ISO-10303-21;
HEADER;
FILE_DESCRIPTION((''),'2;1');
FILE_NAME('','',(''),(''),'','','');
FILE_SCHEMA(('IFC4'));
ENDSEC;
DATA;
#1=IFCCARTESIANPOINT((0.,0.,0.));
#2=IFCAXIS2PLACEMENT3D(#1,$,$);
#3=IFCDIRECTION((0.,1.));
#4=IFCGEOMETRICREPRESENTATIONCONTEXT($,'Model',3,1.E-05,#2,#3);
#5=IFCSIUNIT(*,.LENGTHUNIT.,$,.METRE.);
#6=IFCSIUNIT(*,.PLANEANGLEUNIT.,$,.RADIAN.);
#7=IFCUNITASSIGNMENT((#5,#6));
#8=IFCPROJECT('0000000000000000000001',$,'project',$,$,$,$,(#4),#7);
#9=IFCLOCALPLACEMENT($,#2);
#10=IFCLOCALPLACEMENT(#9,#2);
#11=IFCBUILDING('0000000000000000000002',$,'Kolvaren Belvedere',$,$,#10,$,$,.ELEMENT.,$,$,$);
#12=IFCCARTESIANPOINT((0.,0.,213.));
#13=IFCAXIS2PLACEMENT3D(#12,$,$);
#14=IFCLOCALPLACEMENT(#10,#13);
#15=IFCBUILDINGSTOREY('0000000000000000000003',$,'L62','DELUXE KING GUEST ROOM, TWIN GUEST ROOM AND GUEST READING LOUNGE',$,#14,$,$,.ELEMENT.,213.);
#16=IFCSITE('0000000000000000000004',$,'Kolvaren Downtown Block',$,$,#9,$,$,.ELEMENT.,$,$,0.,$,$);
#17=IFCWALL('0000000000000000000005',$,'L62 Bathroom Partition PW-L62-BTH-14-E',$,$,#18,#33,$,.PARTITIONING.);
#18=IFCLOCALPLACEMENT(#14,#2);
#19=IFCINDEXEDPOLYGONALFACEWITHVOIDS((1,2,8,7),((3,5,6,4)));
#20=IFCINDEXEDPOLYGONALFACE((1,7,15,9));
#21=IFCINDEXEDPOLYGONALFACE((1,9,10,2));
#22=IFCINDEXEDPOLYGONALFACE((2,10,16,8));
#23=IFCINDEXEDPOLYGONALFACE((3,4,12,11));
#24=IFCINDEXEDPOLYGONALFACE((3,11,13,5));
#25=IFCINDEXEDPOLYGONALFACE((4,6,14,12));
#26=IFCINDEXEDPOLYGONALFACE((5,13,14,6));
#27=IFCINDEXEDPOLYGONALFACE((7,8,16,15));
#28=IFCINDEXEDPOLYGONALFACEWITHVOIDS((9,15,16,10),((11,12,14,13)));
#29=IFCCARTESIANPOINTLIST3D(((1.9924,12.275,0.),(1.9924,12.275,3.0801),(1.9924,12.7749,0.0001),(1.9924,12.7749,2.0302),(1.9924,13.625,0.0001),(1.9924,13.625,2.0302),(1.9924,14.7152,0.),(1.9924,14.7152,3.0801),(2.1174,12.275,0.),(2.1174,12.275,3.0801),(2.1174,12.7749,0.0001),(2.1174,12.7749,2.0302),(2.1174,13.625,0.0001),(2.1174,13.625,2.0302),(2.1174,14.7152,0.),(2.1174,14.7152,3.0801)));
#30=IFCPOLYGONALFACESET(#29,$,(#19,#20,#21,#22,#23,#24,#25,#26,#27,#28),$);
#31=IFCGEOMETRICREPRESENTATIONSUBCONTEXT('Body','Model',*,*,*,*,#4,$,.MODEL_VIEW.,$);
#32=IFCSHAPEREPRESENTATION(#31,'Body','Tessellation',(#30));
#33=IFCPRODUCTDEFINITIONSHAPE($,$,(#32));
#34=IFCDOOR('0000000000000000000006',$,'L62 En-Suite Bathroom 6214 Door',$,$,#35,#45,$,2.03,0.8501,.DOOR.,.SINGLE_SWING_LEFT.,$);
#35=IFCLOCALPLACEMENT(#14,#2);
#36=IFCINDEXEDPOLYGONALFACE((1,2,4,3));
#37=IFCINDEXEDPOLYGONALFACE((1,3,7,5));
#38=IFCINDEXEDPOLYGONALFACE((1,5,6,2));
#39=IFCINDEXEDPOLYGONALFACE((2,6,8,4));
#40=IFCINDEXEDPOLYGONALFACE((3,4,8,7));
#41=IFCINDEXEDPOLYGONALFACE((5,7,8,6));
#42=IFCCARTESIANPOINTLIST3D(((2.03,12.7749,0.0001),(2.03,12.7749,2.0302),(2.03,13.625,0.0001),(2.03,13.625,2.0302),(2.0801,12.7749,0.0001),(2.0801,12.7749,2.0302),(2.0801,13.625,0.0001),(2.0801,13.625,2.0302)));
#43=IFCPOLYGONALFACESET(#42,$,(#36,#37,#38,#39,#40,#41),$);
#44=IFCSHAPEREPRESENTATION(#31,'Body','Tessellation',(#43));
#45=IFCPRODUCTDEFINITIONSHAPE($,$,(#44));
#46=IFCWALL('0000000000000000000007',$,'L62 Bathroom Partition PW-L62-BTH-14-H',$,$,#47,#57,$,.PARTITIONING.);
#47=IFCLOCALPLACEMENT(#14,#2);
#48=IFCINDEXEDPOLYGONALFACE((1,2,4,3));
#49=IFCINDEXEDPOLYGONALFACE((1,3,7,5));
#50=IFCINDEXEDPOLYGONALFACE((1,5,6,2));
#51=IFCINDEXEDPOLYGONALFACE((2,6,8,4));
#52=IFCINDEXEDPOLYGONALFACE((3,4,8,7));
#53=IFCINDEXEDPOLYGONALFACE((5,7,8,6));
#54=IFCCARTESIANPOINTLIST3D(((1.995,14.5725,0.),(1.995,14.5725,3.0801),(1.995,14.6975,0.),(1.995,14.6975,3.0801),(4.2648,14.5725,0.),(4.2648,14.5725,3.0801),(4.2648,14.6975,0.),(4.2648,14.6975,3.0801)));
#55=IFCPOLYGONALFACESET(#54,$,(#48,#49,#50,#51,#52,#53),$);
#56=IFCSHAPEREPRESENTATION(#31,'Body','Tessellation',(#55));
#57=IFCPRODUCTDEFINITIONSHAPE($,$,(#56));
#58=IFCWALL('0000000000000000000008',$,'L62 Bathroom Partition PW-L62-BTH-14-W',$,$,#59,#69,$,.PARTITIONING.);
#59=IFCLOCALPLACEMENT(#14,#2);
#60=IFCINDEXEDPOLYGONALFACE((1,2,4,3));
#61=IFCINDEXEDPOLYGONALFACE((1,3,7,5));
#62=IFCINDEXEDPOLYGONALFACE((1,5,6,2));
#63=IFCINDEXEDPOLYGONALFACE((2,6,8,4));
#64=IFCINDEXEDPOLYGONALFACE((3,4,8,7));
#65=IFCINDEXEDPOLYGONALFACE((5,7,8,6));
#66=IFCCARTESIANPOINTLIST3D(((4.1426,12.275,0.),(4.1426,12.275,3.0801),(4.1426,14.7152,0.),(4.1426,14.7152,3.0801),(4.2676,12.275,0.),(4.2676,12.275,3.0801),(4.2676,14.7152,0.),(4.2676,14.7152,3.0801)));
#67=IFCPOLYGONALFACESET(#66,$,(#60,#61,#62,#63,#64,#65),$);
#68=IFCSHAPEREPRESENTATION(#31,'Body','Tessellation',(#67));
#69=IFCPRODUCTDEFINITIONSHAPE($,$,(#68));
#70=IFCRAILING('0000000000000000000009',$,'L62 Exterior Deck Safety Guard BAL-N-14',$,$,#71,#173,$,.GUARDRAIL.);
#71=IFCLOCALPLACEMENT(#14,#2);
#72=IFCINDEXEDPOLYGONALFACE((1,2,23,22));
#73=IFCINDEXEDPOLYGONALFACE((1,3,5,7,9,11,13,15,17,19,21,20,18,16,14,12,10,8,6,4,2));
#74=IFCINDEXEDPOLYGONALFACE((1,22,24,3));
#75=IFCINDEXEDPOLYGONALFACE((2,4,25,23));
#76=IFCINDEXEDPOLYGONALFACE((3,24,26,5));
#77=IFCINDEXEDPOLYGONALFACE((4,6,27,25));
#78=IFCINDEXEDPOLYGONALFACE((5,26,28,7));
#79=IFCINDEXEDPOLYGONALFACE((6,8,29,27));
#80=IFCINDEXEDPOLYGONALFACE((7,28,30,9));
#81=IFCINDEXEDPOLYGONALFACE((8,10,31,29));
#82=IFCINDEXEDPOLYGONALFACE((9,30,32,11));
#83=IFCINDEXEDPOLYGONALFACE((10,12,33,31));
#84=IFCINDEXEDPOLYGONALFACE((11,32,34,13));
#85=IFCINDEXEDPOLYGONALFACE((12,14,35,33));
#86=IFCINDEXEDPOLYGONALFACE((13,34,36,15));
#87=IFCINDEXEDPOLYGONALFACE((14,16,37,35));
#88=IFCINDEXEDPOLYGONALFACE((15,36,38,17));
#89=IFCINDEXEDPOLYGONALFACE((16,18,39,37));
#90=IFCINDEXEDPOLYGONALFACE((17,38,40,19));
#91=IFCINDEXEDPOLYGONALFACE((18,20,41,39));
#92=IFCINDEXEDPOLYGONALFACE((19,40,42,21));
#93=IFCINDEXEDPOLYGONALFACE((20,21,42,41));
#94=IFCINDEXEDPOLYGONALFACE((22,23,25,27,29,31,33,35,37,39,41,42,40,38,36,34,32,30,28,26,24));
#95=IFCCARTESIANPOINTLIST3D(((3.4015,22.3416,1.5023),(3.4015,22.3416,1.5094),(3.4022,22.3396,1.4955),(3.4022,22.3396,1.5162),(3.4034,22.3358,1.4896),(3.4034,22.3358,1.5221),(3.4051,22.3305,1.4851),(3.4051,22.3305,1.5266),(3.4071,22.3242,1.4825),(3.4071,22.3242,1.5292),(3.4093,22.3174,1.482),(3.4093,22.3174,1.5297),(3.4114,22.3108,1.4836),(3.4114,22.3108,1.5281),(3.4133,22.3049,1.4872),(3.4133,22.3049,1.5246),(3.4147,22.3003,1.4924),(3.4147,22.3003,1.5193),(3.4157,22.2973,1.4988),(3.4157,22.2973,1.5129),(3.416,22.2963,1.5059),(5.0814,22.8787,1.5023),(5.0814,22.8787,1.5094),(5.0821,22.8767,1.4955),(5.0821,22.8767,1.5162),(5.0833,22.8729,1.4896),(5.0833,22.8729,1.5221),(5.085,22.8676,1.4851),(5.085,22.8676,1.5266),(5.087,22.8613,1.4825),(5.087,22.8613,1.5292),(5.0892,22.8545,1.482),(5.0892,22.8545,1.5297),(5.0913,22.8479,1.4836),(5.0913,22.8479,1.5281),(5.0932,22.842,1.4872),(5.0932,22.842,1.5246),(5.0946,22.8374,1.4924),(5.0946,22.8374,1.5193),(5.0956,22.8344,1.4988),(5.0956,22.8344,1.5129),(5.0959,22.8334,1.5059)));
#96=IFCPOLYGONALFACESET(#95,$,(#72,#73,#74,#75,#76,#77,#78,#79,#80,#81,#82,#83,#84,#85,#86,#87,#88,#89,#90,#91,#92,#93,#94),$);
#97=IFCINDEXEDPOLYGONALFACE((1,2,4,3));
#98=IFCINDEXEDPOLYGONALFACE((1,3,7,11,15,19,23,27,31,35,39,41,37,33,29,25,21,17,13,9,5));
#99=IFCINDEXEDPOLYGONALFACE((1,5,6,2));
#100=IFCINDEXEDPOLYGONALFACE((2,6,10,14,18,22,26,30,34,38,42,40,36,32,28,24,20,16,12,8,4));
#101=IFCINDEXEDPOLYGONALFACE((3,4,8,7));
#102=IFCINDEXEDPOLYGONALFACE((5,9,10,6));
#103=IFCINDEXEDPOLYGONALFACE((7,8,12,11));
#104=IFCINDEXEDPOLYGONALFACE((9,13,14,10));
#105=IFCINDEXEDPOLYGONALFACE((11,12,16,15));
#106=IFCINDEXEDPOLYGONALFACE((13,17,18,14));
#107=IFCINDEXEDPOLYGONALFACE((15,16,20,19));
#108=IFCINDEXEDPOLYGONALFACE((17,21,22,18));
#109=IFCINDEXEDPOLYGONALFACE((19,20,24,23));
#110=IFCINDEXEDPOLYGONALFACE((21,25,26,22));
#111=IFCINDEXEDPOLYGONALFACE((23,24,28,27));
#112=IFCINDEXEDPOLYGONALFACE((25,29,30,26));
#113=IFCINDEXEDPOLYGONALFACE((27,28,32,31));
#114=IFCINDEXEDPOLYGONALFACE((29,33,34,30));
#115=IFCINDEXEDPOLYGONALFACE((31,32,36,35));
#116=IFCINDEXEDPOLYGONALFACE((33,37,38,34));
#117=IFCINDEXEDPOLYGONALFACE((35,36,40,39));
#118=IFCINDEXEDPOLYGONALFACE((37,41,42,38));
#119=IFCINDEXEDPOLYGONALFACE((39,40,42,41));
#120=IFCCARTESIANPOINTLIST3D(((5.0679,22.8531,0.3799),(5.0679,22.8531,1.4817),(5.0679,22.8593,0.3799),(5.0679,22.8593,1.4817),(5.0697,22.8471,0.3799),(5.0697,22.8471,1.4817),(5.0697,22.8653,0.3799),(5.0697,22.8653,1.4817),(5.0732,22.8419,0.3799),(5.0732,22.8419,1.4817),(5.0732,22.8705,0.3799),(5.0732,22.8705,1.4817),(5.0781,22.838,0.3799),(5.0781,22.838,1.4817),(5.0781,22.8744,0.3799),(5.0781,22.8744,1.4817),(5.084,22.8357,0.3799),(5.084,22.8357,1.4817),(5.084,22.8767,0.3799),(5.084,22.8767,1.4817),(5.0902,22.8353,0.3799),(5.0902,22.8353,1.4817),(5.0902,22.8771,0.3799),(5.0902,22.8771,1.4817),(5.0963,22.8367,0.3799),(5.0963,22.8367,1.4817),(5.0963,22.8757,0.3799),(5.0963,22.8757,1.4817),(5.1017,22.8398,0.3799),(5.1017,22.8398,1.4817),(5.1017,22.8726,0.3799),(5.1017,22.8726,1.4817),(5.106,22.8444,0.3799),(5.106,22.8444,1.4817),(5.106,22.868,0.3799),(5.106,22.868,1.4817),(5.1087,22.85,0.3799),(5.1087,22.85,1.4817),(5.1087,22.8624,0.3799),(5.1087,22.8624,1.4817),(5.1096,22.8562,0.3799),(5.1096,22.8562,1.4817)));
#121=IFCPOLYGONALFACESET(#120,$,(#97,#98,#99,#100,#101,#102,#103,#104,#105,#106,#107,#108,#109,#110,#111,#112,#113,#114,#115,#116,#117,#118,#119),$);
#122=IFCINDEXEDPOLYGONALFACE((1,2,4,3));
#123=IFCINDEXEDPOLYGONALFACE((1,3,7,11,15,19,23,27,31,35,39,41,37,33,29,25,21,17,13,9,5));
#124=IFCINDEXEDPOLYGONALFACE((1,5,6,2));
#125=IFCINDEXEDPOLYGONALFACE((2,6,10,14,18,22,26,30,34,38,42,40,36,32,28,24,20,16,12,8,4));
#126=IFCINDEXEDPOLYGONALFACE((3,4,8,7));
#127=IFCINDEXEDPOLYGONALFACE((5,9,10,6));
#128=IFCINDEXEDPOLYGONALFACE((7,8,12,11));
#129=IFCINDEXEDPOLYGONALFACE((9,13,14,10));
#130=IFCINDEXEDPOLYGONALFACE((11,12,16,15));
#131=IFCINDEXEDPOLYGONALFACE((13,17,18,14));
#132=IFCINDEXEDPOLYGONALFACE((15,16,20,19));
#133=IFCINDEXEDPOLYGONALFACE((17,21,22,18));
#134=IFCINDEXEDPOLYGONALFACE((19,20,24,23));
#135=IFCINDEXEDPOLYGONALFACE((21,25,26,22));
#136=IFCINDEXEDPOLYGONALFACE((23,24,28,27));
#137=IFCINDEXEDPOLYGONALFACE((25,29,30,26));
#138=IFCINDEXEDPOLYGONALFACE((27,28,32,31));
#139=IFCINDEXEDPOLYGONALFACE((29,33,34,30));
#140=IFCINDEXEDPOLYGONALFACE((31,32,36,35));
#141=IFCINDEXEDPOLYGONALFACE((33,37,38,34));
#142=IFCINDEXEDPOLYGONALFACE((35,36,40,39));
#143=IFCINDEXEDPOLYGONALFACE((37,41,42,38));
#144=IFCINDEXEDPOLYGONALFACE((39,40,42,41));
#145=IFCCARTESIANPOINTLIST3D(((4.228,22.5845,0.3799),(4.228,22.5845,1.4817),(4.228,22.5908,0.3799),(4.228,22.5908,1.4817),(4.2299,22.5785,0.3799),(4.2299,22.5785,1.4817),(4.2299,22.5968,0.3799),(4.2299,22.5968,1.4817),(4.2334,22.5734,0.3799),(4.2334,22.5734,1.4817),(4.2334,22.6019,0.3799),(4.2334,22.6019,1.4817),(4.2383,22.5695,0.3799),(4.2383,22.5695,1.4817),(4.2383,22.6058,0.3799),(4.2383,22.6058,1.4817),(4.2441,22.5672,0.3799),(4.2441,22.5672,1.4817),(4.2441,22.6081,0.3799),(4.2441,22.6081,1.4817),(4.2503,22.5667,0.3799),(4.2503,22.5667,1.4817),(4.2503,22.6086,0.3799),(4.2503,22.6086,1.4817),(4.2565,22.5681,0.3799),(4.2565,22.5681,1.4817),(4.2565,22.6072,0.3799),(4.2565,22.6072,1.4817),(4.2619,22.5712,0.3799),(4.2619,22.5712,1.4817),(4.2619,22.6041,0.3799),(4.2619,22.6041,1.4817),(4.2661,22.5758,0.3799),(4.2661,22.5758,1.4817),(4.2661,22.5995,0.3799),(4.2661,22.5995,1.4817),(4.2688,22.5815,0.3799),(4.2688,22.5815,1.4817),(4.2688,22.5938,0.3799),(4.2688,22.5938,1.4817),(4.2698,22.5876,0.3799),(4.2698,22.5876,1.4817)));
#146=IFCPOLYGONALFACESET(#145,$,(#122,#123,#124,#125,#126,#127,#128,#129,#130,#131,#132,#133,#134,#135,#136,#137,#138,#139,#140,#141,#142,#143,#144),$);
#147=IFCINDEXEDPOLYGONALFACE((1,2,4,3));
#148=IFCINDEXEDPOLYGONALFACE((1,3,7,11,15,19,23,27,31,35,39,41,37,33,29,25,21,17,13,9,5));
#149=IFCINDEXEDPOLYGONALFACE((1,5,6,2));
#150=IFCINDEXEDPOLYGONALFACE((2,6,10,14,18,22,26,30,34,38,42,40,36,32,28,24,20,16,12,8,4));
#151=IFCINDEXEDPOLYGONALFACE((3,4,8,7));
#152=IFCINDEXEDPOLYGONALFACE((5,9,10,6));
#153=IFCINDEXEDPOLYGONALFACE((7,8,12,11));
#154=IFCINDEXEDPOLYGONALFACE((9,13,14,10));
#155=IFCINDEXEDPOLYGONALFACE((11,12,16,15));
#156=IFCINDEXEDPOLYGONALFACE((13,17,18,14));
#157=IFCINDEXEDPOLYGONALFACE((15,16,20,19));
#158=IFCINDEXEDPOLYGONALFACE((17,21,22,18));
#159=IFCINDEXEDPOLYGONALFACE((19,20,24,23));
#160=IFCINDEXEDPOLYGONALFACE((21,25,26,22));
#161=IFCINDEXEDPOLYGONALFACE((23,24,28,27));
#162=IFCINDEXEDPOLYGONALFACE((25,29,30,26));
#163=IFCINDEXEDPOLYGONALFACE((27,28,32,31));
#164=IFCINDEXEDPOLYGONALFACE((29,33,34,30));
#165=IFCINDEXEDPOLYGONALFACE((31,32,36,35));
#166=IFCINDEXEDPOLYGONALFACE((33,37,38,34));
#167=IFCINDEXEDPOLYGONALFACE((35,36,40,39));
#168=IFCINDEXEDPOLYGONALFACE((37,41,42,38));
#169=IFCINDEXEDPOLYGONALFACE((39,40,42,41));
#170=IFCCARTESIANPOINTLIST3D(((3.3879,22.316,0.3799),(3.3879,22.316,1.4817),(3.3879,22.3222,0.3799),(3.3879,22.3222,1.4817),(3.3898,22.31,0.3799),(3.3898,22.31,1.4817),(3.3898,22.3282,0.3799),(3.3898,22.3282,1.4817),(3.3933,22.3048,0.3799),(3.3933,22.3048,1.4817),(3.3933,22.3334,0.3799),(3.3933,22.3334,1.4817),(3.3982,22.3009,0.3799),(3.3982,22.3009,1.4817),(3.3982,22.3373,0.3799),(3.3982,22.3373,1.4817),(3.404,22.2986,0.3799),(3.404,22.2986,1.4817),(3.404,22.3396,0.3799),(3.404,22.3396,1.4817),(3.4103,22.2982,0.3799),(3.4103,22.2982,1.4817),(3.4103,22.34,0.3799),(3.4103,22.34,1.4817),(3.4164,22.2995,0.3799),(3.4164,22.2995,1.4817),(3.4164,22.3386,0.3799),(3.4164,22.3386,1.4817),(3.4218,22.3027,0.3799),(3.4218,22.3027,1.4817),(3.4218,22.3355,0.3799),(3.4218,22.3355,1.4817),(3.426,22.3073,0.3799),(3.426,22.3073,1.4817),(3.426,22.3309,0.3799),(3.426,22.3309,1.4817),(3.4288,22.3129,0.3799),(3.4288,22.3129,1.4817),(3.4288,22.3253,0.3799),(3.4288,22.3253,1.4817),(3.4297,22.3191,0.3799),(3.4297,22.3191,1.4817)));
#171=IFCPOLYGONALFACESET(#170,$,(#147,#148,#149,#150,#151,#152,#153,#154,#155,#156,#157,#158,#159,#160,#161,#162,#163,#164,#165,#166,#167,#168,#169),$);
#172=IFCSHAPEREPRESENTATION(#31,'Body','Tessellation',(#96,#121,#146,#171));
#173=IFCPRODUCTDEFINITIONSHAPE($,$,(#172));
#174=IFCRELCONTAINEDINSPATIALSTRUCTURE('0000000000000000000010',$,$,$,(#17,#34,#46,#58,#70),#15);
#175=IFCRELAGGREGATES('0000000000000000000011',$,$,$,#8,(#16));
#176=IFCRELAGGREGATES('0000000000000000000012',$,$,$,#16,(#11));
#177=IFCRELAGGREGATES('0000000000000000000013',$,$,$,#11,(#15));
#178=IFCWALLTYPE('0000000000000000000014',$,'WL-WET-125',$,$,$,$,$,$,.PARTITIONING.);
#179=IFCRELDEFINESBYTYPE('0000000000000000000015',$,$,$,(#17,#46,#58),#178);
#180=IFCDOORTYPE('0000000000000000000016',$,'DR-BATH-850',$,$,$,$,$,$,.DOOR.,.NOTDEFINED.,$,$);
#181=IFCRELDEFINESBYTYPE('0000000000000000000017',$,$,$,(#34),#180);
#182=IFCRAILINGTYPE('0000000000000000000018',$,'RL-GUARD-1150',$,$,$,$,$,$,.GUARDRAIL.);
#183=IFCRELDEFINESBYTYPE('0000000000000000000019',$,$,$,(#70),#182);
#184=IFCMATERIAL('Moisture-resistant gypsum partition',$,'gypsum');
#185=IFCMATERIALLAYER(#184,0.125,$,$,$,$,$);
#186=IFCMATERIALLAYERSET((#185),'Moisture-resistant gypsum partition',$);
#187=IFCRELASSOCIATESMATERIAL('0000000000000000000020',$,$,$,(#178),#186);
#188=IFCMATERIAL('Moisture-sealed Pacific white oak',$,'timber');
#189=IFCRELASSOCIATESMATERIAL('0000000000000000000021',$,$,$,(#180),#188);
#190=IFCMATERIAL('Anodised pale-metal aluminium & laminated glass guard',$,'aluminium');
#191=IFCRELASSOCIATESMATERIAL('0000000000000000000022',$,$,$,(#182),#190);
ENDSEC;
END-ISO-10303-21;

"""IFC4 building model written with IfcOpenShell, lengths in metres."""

from ifc_helpers import new_model, si_unit, direction, frame, frame_2d, origin, origin_2d, place, context, subcontext, project, spatial, rectangle, circle, extrude, material, layer, layer_set, type_object, element, fill, save


model = new_model("IFC4")

# Units and contexts
model_context = context("Model", 3, precision=1e-05, world=origin(), true_north=direction((0.0, 1.0)))
body_context = subcontext(model_context, "Body", "Model", "MODEL_VIEW")
ifc_project = project(units=[si_unit("LENGTHUNIT", "METRE"), si_unit("PLANEANGLEUNIT", "RADIAN")], contexts=[model_context])

# Site, building, storey
site_placement = place(None, origin())
site = spatial("IfcSite", under=ifc_project, at=site_placement, Name="Kolvaren Downtown Block", CompositionType="ELEMENT", RefElevation=0.0)
building_placement = place(site_placement, origin())
building = spatial("IfcBuilding", under=site, at=building_placement, Name="Kolvaren Belvedere", CompositionType="ELEMENT")
storey_placement = place(building_placement, frame((0.0, 0.0, 213.0)))
storey = spatial("IfcBuildingStorey", under=building, at=storey_placement, Name="L62", Description="DELUXE KING GUEST ROOM, TWIN GUEST ROOM AND GUEST READING LOUNGE", CompositionType="ELEMENT", Elevation=213.0)

# Wall, opening, door
ifc_material_1 = material(Name="Moisture-resistant gypsum partition", Category="gypsum")
ifc_layer_1 = layer(ifc_material_1, 0.125)
ifc_layer_set_1 = layer_set([ifc_layer_1], Name="Moisture-resistant gypsum partition")
wall_type_1 = type_object("IfcWallType", Name="WL-WET-125", PredefinedType="PARTITIONING", material=ifc_layer_set_1)
wall_1_placement = place(storey_placement, frame((2.0549, 12.2749, 0.0), z_axis=(0.0, 0.0, 1.0), x_axis=(0.0, 1.0, 0.0)))
wall_1 = element("IfcWall", 1, at=wall_1_placement, inside=storey, type_object=wall_type_1, Name="L62 Bathroom Partition PW-L62-BTH-14-E", PredefinedType="PARTITIONING", context=body_context, shape_type="SweptSolid", body=[
    extrude(rectangle(XDim=2.4402, YDim=0.125, at=frame_2d((1.2202, 0.0))), origin(), (0.0, 0.0, 1.0), 3.0801),
])
opening_placement = place(wall_1_placement, frame((0.5, 0.0, 0.0)))
opening = element("IfcOpeningElement", 2, at=opening_placement, cuts=wall_1, PredefinedType="OPENING", context=body_context, shape_type="SweptSolid", body=[
    extrude(rectangle(XDim=0.8501, YDim=2.03, at=frame_2d((0.425, 1.0151))), frame((0.0, 0.0725, 0.0), z_axis=(0.0, -1.0, 0.0), x_axis=(1.0, 0.0, 0.0)), (0.0, 0.0, 1.0), 0.145),
])
ifc_material_2 = material(Name="Moisture-sealed Pacific white oak", Category="timber")
door_type = type_object("IfcDoorType", Name="DR-BATH-850", OperationType="NOTDEFINED", PredefinedType="DOOR", material=ifc_material_2)
door_placement = place(opening_placement, origin())
door = element("IfcDoor", 3, at=door_placement, inside=storey, type_object=door_type, Name="L62 En-Suite Bathroom 6214 Door", OperationType="SINGLE_SWING_LEFT", OverallHeight=2.03, OverallWidth=0.8501, PredefinedType="DOOR", context=body_context, shape_type="SweptSolid", body=[
    extrude(rectangle(XDim=0.8501, YDim=2.03, at=frame_2d((0.425, 1.0151))), frame((0.0, 0.0249, 0.0), z_axis=(0.0, -1.0, 0.0), x_axis=(1.0, 0.0, 0.0)), (0.0, 0.0, 1.0), 0.05),
])
fill(opening, door)

# Walls
wall_2_placement = place(storey_placement, frame((1.9951, 14.635, 0.0), z_axis=(0.0, 0.0, 1.0), x_axis=(1.0, 0.0, 0.0)))
element("IfcWall", 4, at=wall_2_placement, inside=storey, type_object=wall_type_1, Name="L62 Bathroom Partition PW-L62-BTH-14-H", PredefinedType="PARTITIONING", context=body_context, shape_type="SweptSolid", body=[
    extrude(rectangle(XDim=2.2698, YDim=0.125, at=frame_2d((1.1348, 0.0))), origin(), (0.0, 0.0, 1.0), 3.0801),
])
wall_3_placement = place(storey_placement, frame((4.2051, 12.2749, 0.0), z_axis=(0.0, 0.0, 1.0), x_axis=(0.0, 1.0, 0.0)))
element("IfcWall", 5, at=wall_3_placement, inside=storey, type_object=wall_type_1, Name="L62 Bathroom Partition PW-L62-BTH-14-W", PredefinedType="PARTITIONING", context=body_context, shape_type="SweptSolid", body=[
    extrude(rectangle(XDim=2.4402, YDim=0.125, at=frame_2d((1.2202, 0.0))), origin(), (0.0, 0.0, 1.0), 3.0801),
])

# Railing
ifc_material_3 = material(Name="Anodised pale-metal aluminium & laminated glass guard", Category="aluminium")
railing_type = type_object("IfcRailingType", Name="RL-GUARD-1150", PredefinedType="GUARDRAIL", material=ifc_material_3)
railing_1_placement = place(storey_placement, frame((5.0886, 22.8562, 0.3799)))
element("IfcRailing", 6, at=railing_1_placement, inside=storey, type_object=railing_type, Name="L62 Exterior Deck Safety Guard BAL-N-14", PredefinedType="GUARDRAIL", context=body_context, shape_type="SweptSolid", body=[
    extrude(circle(Radius=0.0239, at=origin_2d()), frame((0.0, 0.0, 1.126), z_axis=(-0.952501, -0.304535, 0.0), x_axis=(0.304535, -0.952501, 0.0)), (0.0, 0.0, 1.0), 1.7637),
    extrude(circle(Radius=0.021, at=origin_2d()), origin(), (0.0, 0.0, 1.0), 1.1018),
    extrude(circle(Radius=0.021, at=origin_2d()), frame((-0.8398, -0.2686, 0.0)), (0.0, 0.0, 1.0), 1.1018),
    extrude(circle(Radius=0.021, at=origin_2d()), frame((-1.6799, -0.5371, 0.0)), (0.0, 0.0, 1.0), 1.1018),
])

save(model, "model.ifc")
